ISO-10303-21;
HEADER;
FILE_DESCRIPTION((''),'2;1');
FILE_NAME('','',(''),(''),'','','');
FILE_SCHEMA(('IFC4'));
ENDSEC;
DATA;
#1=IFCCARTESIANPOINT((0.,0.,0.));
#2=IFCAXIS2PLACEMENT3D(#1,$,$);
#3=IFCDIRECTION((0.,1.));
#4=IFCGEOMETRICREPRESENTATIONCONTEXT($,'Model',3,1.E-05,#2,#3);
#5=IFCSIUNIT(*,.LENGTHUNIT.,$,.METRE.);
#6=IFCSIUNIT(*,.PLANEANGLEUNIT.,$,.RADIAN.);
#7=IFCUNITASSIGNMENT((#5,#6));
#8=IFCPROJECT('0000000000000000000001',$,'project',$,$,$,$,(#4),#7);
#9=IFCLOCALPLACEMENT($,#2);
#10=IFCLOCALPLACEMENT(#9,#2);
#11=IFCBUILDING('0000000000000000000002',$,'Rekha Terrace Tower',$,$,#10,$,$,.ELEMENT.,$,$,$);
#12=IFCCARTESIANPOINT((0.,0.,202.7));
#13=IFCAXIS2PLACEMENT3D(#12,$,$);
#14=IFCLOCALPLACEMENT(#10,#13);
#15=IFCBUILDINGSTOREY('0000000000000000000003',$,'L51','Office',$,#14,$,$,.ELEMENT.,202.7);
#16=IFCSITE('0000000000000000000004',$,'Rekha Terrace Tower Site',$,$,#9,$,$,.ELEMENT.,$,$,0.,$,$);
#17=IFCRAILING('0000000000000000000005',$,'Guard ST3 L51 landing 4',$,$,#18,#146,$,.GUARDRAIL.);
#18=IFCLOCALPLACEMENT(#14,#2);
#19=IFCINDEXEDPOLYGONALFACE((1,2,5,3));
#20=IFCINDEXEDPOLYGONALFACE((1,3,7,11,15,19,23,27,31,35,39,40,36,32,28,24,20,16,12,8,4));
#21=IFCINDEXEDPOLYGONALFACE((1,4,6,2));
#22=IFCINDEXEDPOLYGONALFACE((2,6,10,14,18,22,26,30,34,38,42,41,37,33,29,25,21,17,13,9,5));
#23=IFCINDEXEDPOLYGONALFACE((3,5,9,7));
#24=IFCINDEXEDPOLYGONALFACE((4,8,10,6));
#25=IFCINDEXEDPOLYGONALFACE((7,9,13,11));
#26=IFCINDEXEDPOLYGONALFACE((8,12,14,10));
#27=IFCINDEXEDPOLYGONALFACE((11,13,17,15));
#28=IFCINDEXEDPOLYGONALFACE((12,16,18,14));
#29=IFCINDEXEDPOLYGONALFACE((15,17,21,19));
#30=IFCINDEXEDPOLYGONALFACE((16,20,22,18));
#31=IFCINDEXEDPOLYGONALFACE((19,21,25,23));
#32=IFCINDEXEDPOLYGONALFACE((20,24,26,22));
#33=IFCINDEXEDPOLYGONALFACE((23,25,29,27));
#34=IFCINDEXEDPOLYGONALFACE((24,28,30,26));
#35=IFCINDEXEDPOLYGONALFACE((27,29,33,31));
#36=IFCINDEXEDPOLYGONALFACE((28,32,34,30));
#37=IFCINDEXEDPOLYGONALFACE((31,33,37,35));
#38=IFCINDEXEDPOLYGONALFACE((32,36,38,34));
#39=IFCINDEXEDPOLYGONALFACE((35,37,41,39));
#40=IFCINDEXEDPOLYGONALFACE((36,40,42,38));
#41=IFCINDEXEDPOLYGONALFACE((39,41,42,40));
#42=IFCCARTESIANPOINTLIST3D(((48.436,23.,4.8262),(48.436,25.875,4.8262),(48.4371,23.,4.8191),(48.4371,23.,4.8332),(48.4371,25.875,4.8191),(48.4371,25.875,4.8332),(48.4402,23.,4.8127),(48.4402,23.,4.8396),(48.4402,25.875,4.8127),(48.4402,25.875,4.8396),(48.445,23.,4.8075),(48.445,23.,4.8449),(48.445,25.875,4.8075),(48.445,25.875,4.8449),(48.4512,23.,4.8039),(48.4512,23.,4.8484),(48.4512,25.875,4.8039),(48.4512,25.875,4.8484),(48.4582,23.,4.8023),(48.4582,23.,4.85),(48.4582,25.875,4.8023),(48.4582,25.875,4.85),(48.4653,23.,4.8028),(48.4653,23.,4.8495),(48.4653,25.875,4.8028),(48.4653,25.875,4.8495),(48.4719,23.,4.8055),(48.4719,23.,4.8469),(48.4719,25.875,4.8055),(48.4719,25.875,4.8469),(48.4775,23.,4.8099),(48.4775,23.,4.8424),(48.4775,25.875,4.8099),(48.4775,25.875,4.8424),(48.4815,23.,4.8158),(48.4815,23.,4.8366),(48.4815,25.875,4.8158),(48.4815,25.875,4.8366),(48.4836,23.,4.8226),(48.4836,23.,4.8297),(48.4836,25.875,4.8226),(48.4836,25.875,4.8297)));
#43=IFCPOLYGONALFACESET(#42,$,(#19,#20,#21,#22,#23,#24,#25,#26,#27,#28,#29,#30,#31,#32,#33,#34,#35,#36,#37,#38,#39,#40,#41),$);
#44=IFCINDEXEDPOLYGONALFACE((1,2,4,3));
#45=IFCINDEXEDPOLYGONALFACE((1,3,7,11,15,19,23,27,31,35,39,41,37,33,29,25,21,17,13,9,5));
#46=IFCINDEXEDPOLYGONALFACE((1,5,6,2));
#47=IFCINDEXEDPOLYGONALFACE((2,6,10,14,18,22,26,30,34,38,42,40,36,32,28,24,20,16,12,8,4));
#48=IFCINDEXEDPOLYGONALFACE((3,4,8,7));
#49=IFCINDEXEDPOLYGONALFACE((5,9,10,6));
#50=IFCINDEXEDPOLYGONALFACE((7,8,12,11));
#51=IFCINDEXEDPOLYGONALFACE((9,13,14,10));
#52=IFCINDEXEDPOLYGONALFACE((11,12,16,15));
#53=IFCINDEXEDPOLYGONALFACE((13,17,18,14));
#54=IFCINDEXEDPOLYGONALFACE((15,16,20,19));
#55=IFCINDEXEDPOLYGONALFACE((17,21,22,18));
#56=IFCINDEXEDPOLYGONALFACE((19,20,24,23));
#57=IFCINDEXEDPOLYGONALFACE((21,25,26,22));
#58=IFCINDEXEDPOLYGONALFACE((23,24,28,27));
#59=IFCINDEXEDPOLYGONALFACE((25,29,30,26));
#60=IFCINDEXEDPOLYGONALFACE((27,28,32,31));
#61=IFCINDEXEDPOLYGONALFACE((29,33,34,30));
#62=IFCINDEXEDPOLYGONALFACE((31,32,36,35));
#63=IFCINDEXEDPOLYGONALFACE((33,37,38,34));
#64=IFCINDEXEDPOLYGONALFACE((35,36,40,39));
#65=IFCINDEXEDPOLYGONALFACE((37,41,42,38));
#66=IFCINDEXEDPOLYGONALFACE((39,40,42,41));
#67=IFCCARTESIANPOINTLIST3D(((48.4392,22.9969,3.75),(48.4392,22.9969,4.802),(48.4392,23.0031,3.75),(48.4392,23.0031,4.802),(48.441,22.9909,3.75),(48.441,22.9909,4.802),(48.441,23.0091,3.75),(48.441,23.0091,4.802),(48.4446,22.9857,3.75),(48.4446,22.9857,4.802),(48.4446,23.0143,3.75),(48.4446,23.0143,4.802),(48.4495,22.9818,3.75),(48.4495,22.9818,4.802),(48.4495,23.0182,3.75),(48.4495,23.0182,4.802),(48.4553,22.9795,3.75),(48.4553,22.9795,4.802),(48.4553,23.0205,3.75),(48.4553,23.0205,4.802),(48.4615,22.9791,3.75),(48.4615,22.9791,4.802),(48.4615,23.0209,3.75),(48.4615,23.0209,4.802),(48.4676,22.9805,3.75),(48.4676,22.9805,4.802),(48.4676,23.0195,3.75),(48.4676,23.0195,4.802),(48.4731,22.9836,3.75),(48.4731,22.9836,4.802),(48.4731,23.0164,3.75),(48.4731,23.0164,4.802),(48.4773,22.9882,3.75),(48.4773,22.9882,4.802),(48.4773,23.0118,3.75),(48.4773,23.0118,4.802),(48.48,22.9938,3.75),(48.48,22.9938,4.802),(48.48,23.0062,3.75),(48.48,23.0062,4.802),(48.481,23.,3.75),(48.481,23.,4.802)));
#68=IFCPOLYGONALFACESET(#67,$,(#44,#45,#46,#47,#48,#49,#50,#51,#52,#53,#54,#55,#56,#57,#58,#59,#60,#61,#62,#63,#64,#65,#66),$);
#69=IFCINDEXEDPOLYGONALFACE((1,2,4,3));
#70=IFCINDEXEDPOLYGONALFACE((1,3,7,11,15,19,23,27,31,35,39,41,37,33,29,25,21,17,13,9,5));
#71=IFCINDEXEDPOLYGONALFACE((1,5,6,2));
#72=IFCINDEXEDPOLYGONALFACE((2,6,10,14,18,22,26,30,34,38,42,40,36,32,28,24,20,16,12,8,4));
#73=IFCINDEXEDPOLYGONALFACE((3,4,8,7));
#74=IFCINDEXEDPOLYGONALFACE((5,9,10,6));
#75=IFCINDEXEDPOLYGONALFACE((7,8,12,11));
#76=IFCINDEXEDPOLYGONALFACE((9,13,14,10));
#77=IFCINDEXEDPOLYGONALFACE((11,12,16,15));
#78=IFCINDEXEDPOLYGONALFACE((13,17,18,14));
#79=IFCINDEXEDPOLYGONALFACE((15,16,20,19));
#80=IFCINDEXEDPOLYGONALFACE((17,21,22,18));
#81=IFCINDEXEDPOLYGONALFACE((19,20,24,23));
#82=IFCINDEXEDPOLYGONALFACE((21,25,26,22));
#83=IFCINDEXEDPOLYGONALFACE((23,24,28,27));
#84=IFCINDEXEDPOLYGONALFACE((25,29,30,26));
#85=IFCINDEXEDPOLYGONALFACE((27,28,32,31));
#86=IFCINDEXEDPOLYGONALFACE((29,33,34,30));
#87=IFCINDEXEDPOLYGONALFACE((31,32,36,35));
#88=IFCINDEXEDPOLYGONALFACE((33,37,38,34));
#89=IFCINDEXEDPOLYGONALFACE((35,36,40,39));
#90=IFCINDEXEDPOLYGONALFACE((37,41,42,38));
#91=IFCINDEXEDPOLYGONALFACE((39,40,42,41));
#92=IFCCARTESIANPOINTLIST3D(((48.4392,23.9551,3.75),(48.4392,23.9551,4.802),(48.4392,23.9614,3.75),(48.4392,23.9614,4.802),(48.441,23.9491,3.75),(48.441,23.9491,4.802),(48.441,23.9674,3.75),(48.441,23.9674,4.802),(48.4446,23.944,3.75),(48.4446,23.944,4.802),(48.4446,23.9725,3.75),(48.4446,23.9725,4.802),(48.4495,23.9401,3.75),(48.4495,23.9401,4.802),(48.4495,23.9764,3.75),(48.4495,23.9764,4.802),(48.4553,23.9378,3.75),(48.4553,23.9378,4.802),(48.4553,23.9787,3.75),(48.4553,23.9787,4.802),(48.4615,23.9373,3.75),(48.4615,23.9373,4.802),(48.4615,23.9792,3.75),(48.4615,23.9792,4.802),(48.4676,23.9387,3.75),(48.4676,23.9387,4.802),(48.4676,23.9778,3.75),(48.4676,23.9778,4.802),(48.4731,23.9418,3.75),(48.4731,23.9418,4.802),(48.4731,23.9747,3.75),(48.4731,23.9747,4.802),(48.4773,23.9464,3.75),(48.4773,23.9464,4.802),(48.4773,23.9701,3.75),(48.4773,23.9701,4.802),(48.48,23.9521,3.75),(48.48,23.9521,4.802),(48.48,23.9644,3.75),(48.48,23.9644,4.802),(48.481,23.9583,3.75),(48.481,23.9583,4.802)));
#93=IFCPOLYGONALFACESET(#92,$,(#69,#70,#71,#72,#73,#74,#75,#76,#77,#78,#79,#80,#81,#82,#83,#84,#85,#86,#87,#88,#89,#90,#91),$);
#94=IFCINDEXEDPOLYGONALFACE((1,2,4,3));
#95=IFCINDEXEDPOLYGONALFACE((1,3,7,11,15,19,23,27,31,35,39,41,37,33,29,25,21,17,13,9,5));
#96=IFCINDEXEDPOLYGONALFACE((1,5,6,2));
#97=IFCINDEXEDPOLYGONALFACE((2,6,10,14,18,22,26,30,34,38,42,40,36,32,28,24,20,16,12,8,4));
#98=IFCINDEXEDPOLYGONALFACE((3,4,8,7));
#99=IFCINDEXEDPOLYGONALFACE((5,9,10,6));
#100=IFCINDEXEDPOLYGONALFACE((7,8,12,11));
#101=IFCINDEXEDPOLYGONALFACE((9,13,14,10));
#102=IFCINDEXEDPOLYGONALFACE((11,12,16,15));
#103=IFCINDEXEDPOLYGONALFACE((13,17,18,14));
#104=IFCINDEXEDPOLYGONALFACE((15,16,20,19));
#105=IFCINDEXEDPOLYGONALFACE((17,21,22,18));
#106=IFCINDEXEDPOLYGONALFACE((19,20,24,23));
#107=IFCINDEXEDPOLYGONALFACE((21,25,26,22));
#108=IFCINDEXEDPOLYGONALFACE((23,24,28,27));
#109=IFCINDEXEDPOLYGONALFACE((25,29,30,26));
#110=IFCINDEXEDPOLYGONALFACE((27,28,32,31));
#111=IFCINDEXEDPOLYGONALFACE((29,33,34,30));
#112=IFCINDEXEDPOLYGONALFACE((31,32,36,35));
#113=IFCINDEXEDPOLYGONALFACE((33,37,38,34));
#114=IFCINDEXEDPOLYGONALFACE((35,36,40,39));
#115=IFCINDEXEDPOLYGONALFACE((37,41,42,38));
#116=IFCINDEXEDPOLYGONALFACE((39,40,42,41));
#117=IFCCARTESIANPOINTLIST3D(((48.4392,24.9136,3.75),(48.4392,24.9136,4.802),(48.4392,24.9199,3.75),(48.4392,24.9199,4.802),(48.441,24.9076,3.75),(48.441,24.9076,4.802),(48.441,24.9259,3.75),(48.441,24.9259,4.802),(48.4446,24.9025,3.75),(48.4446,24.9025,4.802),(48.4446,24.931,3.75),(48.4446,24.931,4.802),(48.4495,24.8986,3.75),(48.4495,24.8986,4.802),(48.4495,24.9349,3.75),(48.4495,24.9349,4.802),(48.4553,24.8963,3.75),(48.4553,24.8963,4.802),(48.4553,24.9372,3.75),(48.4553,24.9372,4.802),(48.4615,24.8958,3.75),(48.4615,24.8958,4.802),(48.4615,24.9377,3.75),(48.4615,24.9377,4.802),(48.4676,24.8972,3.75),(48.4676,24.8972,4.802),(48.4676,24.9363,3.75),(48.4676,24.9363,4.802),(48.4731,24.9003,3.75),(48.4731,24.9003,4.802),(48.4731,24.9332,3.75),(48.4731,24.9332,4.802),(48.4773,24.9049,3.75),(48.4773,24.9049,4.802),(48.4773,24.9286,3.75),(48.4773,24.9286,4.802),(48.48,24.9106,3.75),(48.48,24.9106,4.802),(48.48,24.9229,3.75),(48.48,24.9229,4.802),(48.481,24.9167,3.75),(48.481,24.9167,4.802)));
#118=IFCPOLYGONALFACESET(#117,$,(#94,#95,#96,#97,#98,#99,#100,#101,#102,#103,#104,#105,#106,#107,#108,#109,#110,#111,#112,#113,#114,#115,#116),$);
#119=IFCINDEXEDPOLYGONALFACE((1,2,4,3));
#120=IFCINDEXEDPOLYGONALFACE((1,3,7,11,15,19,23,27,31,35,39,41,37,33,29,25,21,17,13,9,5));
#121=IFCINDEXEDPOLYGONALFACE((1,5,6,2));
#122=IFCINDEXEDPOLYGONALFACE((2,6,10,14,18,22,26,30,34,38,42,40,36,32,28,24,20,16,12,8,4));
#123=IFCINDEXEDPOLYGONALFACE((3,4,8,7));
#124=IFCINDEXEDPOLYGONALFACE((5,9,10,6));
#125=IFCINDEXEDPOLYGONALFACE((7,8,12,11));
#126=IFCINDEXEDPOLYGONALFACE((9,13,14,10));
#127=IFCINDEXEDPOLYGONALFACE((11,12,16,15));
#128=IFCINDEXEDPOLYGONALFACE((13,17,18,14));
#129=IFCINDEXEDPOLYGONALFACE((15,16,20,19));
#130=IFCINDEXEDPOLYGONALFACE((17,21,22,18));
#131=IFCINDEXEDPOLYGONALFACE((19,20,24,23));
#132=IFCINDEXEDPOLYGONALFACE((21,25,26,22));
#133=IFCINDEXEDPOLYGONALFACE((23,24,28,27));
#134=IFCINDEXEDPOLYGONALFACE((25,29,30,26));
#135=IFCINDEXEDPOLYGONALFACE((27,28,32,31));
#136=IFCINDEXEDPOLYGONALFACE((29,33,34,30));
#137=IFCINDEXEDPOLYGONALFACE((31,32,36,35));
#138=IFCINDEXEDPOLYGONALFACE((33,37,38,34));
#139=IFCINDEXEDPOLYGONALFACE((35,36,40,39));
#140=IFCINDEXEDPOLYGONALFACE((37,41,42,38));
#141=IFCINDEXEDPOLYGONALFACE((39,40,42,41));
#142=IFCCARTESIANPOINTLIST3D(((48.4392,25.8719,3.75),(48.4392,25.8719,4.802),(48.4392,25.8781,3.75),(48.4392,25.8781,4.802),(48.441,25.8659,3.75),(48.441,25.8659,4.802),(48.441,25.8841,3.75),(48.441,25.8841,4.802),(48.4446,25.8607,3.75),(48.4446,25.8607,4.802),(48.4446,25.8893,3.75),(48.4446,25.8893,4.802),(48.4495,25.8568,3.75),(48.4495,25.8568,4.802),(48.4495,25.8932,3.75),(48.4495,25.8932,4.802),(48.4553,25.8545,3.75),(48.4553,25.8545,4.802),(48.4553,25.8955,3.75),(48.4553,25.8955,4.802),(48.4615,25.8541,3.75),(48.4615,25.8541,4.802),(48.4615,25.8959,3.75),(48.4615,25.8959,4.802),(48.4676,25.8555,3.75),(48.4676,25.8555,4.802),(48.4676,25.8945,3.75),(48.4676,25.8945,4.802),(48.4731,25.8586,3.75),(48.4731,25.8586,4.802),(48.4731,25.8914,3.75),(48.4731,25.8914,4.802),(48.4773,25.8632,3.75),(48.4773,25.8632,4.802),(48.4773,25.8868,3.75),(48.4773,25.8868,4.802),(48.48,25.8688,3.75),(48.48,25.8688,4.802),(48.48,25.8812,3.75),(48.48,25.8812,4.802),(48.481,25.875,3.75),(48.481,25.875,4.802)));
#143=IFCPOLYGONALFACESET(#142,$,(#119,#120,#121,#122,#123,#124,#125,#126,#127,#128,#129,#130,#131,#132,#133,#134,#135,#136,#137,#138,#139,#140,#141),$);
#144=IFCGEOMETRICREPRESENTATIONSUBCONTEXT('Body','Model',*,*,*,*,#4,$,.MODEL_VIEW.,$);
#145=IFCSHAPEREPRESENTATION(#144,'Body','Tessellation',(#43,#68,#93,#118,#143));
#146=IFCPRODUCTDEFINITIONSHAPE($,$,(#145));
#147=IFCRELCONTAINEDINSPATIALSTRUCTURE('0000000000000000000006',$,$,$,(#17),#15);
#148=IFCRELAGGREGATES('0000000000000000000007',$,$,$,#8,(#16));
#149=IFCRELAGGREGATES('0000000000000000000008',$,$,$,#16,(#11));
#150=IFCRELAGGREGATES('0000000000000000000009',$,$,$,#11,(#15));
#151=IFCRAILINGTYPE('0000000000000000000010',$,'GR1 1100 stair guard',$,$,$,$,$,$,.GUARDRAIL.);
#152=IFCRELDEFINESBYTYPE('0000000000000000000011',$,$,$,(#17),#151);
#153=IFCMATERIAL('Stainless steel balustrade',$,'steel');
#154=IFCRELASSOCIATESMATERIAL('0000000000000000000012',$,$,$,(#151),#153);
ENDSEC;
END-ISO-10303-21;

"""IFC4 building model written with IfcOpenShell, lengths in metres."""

from ifc_helpers import new_model, si_unit, direction, frame, origin, origin_2d, place, context, subcontext, project, spatial, circle, extrude, material, type_object, element, save


model = new_model("IFC4")

# Units and contexts
model_context = context("Model", 3, precision=1e-05, world=origin(), true_north=direction((0.0, 1.0)))
body_context = subcontext(model_context, "Body", "Model", "MODEL_VIEW")
ifc_project = project(units=[si_unit("LENGTHUNIT", "METRE"), si_unit("PLANEANGLEUNIT", "RADIAN")], contexts=[model_context])

# Site, building, storey
site_placement = place(None, origin())
site = spatial("IfcSite", under=ifc_project, at=site_placement, Name="Rekha Terrace Tower Site", CompositionType="ELEMENT", RefElevation=0.0)
building_placement = place(site_placement, origin())
building = spatial("IfcBuilding", under=site, at=building_placement, Name="Rekha Terrace Tower", CompositionType="ELEMENT")
storey_placement = place(building_placement, frame((0.0, 0.0, 202.7)))
storey = spatial("IfcBuildingStorey", under=building, at=storey_placement, Name="L51", Description="Office", CompositionType="ELEMENT", Elevation=202.7)

# Railing
ifc_material_1 = material(Name="Stainless steel balustrade", Category="steel")
railing_type_1 = type_object("IfcRailingType", Name="GR1 1100 stair guard", PredefinedType="GUARDRAIL", material=ifc_material_1)
railing_1_placement = place(storey_placement, frame((48.46, 23.0, 3.75)))
element("IfcRailing", 1, at=railing_1_placement, inside=storey, type_object=railing_type_1, Name="Guard ST3 L51 landing 4", PredefinedType="GUARDRAIL", context=body_context, shape_type="SweptSolid", body=[
    extrude(circle(Radius=0.0239, at=origin_2d()), frame((0.0, 0.0, 1.0762), z_axis=(0.0, 1.0, 0.0), x_axis=(-1.0, 0.0, 0.0)), (0.0, 0.0, 1.0), 2.875),
    extrude(circle(Radius=0.021, at=origin_2d()), origin(), (0.0, 0.0, 1.0), 1.052),
    extrude(circle(Radius=0.021, at=origin_2d()), frame((0.0, 0.9583, 0.0)), (0.0, 0.0, 1.0), 1.052),
    extrude(circle(Radius=0.021, at=origin_2d()), frame((0.0, 1.9167, 0.0)), (0.0, 0.0, 1.0), 1.052),
    extrude(circle(Radius=0.021, at=origin_2d()), frame((0.0, 2.875, 0.0)), (0.0, 0.0, 1.0), 1.052),
])

save(model, "model.ifc")
